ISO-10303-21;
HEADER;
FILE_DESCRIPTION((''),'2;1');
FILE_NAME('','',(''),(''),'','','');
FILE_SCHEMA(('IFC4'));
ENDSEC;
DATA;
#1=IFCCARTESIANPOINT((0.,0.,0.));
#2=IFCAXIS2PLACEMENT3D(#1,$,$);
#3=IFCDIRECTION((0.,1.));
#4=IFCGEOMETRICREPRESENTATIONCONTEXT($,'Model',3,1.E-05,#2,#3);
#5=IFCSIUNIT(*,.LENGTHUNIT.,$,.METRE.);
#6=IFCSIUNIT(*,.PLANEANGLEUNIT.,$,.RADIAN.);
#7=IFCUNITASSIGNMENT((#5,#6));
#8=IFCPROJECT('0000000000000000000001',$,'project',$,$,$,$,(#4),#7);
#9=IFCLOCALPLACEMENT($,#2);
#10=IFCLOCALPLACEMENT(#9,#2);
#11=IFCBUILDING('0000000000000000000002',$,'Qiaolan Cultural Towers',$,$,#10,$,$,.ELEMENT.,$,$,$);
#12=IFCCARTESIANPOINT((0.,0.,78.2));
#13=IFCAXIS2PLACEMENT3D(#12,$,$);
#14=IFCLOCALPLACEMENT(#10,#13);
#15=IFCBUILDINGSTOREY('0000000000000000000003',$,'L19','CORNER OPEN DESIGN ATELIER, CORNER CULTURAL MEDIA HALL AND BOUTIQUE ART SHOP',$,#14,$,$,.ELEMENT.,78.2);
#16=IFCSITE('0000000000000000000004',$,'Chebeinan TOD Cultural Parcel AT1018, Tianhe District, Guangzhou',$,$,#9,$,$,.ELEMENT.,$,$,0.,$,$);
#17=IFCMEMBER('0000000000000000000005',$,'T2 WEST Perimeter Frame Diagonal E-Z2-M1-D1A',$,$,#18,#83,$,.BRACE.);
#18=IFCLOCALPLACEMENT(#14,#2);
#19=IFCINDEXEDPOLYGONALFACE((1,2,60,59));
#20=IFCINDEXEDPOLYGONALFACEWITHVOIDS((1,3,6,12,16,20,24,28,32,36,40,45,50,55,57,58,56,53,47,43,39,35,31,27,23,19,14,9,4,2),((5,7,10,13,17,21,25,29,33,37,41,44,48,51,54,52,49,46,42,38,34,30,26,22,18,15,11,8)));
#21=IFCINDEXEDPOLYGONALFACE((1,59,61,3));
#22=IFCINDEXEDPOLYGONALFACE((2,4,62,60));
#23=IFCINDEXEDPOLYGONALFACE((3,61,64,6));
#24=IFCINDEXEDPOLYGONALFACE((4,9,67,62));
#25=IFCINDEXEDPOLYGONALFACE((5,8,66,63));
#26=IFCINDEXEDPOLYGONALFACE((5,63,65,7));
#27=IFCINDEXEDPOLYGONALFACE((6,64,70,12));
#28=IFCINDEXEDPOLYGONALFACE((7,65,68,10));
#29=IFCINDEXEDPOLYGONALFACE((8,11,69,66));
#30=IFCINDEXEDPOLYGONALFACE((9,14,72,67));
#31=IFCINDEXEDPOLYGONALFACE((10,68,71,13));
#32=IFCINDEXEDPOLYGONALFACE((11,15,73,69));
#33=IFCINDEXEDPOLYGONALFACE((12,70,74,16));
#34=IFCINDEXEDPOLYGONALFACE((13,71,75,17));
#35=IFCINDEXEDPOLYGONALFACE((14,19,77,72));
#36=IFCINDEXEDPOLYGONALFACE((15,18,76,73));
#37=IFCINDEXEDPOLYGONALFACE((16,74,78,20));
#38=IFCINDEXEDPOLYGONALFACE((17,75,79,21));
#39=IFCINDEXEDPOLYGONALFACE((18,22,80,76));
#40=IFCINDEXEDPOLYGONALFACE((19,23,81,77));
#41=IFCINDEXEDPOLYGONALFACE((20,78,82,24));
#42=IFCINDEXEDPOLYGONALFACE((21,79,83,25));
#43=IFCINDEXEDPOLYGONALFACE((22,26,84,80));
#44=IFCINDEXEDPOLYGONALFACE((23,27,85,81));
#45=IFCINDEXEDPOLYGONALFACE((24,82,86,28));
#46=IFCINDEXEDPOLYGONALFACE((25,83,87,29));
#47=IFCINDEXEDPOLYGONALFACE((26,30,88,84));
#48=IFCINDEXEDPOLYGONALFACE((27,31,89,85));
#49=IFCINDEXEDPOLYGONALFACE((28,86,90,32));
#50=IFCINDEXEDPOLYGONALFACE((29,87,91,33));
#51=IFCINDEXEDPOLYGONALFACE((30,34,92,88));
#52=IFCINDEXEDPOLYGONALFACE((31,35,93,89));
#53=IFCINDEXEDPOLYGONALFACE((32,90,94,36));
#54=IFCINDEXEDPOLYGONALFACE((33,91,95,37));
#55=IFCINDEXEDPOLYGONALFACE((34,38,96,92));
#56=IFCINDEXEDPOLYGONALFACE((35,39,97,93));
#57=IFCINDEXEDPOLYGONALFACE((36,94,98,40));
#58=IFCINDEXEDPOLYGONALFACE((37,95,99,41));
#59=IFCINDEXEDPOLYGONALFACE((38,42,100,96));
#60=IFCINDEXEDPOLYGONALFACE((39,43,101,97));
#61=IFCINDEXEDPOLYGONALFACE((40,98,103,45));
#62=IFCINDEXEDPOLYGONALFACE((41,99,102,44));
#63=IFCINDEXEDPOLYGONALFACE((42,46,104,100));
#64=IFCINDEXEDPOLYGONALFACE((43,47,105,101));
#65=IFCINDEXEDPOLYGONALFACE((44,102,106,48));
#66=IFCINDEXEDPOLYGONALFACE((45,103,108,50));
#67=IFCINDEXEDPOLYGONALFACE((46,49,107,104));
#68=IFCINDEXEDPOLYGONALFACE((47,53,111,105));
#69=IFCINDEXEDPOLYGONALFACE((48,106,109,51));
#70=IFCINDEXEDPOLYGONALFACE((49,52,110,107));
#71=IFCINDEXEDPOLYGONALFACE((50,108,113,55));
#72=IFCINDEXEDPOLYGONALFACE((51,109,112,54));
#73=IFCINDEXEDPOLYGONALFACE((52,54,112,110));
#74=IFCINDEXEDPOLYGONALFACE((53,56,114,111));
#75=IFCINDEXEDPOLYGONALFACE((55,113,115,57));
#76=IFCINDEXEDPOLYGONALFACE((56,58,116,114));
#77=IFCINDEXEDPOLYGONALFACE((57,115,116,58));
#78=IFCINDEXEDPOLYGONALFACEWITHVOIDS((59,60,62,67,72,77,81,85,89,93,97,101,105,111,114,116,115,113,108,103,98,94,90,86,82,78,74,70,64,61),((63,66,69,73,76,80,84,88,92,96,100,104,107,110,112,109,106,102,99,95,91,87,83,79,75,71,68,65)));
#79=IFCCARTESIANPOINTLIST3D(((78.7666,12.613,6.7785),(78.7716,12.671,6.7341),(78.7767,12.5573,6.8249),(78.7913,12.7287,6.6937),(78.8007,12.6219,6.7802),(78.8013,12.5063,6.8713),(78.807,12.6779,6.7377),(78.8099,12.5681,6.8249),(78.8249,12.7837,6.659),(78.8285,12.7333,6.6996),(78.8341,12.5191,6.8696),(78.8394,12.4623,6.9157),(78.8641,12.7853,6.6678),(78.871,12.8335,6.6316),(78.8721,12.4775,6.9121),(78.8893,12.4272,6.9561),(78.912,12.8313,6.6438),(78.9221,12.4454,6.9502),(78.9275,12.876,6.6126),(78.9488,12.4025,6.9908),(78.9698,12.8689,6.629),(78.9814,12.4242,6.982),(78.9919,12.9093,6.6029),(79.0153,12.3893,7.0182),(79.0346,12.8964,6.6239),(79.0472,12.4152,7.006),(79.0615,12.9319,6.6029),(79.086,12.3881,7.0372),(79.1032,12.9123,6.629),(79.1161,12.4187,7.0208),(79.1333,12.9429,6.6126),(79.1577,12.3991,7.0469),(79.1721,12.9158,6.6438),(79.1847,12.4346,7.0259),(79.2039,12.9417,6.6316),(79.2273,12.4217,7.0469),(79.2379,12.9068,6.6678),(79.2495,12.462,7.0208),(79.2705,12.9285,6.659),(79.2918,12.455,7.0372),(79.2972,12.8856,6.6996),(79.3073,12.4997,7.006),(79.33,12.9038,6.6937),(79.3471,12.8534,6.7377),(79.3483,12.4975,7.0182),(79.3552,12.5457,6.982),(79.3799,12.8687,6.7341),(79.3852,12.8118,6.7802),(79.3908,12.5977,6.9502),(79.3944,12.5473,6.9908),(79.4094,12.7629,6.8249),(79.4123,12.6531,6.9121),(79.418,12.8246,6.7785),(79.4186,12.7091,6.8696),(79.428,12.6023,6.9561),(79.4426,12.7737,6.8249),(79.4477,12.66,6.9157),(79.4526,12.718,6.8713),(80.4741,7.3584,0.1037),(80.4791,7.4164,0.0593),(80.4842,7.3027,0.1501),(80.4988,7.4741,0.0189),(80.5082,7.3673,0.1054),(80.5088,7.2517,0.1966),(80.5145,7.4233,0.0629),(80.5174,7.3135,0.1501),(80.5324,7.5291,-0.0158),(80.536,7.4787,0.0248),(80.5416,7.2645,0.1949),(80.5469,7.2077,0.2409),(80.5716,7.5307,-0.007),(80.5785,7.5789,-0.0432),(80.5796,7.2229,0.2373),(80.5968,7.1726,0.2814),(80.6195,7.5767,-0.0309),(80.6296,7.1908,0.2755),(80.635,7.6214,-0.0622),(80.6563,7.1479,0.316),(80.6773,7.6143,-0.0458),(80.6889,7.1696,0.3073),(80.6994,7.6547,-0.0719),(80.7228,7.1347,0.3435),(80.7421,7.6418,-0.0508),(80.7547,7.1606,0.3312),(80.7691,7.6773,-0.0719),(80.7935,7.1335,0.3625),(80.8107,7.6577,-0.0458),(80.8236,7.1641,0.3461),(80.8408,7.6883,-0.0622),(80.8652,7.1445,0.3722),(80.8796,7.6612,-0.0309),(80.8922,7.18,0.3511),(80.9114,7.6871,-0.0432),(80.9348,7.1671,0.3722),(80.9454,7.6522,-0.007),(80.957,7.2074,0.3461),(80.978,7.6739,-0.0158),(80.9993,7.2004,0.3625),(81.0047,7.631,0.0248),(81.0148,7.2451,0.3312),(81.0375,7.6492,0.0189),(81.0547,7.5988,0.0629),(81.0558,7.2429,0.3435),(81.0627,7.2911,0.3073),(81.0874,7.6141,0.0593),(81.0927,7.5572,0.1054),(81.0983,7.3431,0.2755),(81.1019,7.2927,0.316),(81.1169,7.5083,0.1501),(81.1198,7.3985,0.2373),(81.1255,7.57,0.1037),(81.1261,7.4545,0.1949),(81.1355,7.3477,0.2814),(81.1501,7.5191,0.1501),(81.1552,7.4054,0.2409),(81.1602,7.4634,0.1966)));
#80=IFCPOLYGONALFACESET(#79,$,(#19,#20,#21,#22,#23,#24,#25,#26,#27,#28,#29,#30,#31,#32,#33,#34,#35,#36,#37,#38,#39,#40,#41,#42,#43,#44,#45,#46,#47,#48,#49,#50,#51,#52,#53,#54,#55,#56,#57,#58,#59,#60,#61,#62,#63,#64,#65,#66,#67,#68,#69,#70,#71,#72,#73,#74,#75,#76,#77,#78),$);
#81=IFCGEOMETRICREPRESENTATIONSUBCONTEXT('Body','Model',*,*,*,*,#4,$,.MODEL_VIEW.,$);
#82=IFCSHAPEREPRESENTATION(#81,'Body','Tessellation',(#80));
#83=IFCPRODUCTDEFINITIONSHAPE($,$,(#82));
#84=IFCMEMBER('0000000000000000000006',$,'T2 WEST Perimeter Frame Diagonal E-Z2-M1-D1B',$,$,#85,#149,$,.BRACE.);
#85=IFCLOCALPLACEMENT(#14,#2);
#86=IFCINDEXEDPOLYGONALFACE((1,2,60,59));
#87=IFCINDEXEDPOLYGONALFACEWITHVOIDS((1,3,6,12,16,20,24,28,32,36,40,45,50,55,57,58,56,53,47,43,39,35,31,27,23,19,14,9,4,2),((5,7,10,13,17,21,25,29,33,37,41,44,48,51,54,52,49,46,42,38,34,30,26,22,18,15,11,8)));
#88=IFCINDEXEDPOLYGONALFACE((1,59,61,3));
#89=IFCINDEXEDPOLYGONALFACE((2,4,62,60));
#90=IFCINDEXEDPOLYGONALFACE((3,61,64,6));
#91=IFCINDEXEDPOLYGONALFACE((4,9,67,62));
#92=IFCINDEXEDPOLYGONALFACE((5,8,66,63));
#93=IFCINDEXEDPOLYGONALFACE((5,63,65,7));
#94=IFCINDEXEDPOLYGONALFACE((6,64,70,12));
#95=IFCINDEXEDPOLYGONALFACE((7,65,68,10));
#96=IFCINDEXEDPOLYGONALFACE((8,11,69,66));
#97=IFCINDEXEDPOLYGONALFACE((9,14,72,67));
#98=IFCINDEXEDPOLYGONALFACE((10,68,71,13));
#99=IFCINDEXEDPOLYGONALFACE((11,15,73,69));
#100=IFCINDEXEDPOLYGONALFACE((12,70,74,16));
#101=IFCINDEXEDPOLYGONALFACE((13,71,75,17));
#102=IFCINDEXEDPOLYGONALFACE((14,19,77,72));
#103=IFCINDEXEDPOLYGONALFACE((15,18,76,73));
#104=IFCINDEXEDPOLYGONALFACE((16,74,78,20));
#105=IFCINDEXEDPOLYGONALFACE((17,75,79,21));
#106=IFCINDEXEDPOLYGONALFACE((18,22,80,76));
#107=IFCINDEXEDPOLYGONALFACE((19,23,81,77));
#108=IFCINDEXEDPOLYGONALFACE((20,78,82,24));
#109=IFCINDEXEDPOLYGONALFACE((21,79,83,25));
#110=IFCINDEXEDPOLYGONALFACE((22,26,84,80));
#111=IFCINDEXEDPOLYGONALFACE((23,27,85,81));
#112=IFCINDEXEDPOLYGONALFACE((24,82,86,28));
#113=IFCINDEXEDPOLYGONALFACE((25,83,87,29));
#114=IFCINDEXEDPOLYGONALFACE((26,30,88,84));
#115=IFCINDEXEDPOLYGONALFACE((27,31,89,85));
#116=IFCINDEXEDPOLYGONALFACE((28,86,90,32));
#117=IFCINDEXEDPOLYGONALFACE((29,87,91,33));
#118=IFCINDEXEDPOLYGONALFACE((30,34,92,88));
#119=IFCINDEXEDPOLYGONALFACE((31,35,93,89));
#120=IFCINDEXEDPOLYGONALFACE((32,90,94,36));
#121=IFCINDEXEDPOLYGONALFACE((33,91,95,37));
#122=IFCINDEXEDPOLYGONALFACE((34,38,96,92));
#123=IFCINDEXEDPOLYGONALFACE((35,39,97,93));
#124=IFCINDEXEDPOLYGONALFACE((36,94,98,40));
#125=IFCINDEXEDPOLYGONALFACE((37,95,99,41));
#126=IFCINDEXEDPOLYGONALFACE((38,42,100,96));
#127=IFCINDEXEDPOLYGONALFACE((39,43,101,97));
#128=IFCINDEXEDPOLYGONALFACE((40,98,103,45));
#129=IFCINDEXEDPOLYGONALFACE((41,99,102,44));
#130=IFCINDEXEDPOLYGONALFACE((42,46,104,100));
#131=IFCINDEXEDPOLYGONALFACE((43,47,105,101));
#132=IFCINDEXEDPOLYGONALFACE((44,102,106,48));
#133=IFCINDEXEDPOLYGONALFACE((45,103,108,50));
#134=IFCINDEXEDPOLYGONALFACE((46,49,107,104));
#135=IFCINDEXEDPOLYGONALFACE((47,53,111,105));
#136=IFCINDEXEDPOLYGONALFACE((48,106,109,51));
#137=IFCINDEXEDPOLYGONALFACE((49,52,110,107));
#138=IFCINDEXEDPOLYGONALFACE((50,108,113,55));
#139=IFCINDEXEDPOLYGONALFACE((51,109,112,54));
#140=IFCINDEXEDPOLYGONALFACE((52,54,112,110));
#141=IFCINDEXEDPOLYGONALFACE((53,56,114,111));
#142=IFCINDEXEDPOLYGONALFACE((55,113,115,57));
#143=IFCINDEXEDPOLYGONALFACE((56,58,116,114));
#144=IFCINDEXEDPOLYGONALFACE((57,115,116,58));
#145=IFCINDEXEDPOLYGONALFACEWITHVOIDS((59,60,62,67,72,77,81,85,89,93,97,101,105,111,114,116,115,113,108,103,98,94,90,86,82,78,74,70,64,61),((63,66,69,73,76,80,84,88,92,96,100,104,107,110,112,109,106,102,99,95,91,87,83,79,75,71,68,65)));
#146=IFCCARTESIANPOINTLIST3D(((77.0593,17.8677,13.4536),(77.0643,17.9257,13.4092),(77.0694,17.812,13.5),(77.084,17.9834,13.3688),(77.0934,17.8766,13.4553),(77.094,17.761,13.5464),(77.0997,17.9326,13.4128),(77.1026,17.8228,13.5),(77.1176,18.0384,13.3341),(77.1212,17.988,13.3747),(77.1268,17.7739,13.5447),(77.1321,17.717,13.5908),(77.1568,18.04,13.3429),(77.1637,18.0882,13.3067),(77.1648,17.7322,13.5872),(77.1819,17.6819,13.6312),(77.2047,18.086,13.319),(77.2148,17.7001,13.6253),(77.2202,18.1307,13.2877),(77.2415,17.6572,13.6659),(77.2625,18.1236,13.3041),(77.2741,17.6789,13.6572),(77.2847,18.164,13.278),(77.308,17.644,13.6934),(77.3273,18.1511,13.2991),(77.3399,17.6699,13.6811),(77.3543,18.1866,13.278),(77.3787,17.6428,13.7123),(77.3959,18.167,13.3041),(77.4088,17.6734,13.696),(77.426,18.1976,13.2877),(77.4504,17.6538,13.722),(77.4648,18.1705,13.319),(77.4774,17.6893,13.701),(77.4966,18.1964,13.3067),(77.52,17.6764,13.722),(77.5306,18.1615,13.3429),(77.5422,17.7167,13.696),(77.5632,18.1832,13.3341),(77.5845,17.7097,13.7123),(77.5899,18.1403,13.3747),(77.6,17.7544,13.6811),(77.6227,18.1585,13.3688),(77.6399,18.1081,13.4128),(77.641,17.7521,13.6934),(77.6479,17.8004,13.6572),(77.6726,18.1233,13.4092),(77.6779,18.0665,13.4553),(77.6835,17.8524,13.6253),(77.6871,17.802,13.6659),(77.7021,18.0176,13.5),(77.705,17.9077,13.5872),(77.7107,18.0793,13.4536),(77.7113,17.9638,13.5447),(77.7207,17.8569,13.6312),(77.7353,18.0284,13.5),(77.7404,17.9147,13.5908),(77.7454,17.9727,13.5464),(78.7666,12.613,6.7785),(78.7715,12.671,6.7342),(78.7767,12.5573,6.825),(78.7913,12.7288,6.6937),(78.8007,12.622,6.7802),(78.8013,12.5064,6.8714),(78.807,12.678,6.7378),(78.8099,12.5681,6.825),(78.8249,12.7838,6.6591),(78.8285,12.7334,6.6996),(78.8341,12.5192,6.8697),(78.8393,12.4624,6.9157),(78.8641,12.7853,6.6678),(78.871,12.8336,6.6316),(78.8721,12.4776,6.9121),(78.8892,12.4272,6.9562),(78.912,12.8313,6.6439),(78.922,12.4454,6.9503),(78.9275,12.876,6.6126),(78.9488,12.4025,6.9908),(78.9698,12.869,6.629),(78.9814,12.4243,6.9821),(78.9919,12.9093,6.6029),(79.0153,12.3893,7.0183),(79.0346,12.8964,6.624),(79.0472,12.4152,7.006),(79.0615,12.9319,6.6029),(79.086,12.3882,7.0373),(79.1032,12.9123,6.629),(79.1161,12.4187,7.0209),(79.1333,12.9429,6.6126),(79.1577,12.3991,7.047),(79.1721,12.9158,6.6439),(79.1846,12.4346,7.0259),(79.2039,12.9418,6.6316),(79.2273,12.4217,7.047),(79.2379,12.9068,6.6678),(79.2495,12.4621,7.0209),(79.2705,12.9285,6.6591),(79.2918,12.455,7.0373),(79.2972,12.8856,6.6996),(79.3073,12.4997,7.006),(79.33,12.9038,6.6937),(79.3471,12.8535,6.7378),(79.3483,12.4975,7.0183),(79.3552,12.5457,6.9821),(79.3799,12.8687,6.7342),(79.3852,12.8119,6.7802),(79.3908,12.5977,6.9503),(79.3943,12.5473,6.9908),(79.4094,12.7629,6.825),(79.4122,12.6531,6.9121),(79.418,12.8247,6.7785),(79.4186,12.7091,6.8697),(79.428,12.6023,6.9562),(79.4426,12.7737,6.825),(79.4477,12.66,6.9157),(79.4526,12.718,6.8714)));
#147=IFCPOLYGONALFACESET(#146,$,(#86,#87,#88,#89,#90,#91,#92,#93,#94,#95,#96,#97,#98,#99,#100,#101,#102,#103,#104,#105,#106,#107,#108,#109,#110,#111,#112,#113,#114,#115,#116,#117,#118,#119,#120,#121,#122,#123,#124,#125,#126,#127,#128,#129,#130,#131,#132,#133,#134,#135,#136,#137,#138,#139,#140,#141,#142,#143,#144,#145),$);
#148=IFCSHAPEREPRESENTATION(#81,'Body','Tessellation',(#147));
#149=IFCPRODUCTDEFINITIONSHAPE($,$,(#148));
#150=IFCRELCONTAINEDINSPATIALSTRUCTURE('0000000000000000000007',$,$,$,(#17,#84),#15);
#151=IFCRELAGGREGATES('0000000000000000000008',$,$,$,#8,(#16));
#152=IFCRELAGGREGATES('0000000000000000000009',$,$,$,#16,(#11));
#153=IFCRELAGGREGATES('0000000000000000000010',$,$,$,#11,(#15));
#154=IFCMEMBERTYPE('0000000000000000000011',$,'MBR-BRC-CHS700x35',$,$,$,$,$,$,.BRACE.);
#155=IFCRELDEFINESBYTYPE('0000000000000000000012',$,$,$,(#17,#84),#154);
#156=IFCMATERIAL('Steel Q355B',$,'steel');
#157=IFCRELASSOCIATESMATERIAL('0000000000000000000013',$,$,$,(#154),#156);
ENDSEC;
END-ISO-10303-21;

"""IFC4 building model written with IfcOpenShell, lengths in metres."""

from ifc_helpers import new_model, si_unit, direction, frame, origin, origin_2d, place, context, subcontext, project, spatial, hollow_circle, extrude, material, material_profile, profile_set, type_object, element, save


model = new_model("IFC4")

# Units and contexts
model_context = context("Model", 3, precision=1e-05, world=origin(), true_north=direction((0.0, 1.0)))
body_context = subcontext(model_context, "Body", "Model", "MODEL_VIEW")
ifc_project = project(units=[si_unit("LENGTHUNIT", "METRE"), si_unit("PLANEANGLEUNIT", "RADIAN")], contexts=[model_context])

# Site, building, storey
site_placement = place(None, origin())
site = spatial("IfcSite", under=ifc_project, at=site_placement, Name="Chebeinan TOD Cultural Parcel AT1018, Tianhe District, Guangzhou", CompositionType="ELEMENT", RefElevation=0.0)
building_placement = place(site_placement, origin())
building = spatial("IfcBuilding", under=site, at=building_placement, Name="Qiaolan Cultural Towers", CompositionType="ELEMENT")
storey_placement = place(building_placement, frame((0.0, 0.0, 78.2)))
storey = spatial("IfcBuildingStorey", under=building, at=storey_placement, Name="L19", Description="CORNER OPEN DESIGN ATELIER, CORNER CULTURAL MEDIA HALL AND BOUTIQUE ART SHOP", CompositionType="ELEMENT", Elevation=78.2)

# Members
ifc_material_1 = material(Name="Steel Q355B", Category="steel")
ifc_material_profile_1 = material_profile(ifc_material_1, hollow_circle(Radius=0.3501, WallThickness=0.0349, at=origin_2d()), Name="CHS700x35")
ifc_profile_set_1 = profile_set([ifc_material_profile_1], Name="Steel Q355B")
member_type = type_object("IfcMemberType", Name="MBR-BRC-CHS700x35", PredefinedType="BRACE", material=ifc_profile_set_1)
member_1_placement = place(storey_placement, frame((80.8171, 7.4109, 0.1501), z_axis=(-0.197062, 0.606431, 0.77033), x_axis=(-0.951047, -0.309047, 0.0)))
element("IfcMember", 1, at=member_1_placement, inside=storey, type_object=member_type, Name="T2 WEST Perimeter Frame Diagonal E-Z2-M1-D1A", PredefinedType="BRACE", context=body_context, shape_type="SweptSolid", body=[
    extrude(hollow_circle(Radius=0.3501, WallThickness=0.0349, at=origin_2d()), origin(), (0.0, 0.0, 1.0), 8.6648),
])
member_2_placement = place(storey_placement, frame((79.1096, 12.6655, 6.825), z_axis=(-0.197031, 0.606421, 0.770346), x_axis=(-0.95106, -0.309007, 0.0)))
element("IfcMember", 2, at=member_2_placement, inside=storey, type_object=member_type, Name="T2 WEST Perimeter Frame Diagonal E-Z2-M1-D1B", PredefinedType="BRACE", context=body_context, shape_type="SweptSolid", body=[
    extrude(hollow_circle(Radius=0.3501, WallThickness=0.0349, at=origin_2d()), origin(), (0.0, 0.0, 1.0), 8.665),
])

save(model, "model.ifc")
